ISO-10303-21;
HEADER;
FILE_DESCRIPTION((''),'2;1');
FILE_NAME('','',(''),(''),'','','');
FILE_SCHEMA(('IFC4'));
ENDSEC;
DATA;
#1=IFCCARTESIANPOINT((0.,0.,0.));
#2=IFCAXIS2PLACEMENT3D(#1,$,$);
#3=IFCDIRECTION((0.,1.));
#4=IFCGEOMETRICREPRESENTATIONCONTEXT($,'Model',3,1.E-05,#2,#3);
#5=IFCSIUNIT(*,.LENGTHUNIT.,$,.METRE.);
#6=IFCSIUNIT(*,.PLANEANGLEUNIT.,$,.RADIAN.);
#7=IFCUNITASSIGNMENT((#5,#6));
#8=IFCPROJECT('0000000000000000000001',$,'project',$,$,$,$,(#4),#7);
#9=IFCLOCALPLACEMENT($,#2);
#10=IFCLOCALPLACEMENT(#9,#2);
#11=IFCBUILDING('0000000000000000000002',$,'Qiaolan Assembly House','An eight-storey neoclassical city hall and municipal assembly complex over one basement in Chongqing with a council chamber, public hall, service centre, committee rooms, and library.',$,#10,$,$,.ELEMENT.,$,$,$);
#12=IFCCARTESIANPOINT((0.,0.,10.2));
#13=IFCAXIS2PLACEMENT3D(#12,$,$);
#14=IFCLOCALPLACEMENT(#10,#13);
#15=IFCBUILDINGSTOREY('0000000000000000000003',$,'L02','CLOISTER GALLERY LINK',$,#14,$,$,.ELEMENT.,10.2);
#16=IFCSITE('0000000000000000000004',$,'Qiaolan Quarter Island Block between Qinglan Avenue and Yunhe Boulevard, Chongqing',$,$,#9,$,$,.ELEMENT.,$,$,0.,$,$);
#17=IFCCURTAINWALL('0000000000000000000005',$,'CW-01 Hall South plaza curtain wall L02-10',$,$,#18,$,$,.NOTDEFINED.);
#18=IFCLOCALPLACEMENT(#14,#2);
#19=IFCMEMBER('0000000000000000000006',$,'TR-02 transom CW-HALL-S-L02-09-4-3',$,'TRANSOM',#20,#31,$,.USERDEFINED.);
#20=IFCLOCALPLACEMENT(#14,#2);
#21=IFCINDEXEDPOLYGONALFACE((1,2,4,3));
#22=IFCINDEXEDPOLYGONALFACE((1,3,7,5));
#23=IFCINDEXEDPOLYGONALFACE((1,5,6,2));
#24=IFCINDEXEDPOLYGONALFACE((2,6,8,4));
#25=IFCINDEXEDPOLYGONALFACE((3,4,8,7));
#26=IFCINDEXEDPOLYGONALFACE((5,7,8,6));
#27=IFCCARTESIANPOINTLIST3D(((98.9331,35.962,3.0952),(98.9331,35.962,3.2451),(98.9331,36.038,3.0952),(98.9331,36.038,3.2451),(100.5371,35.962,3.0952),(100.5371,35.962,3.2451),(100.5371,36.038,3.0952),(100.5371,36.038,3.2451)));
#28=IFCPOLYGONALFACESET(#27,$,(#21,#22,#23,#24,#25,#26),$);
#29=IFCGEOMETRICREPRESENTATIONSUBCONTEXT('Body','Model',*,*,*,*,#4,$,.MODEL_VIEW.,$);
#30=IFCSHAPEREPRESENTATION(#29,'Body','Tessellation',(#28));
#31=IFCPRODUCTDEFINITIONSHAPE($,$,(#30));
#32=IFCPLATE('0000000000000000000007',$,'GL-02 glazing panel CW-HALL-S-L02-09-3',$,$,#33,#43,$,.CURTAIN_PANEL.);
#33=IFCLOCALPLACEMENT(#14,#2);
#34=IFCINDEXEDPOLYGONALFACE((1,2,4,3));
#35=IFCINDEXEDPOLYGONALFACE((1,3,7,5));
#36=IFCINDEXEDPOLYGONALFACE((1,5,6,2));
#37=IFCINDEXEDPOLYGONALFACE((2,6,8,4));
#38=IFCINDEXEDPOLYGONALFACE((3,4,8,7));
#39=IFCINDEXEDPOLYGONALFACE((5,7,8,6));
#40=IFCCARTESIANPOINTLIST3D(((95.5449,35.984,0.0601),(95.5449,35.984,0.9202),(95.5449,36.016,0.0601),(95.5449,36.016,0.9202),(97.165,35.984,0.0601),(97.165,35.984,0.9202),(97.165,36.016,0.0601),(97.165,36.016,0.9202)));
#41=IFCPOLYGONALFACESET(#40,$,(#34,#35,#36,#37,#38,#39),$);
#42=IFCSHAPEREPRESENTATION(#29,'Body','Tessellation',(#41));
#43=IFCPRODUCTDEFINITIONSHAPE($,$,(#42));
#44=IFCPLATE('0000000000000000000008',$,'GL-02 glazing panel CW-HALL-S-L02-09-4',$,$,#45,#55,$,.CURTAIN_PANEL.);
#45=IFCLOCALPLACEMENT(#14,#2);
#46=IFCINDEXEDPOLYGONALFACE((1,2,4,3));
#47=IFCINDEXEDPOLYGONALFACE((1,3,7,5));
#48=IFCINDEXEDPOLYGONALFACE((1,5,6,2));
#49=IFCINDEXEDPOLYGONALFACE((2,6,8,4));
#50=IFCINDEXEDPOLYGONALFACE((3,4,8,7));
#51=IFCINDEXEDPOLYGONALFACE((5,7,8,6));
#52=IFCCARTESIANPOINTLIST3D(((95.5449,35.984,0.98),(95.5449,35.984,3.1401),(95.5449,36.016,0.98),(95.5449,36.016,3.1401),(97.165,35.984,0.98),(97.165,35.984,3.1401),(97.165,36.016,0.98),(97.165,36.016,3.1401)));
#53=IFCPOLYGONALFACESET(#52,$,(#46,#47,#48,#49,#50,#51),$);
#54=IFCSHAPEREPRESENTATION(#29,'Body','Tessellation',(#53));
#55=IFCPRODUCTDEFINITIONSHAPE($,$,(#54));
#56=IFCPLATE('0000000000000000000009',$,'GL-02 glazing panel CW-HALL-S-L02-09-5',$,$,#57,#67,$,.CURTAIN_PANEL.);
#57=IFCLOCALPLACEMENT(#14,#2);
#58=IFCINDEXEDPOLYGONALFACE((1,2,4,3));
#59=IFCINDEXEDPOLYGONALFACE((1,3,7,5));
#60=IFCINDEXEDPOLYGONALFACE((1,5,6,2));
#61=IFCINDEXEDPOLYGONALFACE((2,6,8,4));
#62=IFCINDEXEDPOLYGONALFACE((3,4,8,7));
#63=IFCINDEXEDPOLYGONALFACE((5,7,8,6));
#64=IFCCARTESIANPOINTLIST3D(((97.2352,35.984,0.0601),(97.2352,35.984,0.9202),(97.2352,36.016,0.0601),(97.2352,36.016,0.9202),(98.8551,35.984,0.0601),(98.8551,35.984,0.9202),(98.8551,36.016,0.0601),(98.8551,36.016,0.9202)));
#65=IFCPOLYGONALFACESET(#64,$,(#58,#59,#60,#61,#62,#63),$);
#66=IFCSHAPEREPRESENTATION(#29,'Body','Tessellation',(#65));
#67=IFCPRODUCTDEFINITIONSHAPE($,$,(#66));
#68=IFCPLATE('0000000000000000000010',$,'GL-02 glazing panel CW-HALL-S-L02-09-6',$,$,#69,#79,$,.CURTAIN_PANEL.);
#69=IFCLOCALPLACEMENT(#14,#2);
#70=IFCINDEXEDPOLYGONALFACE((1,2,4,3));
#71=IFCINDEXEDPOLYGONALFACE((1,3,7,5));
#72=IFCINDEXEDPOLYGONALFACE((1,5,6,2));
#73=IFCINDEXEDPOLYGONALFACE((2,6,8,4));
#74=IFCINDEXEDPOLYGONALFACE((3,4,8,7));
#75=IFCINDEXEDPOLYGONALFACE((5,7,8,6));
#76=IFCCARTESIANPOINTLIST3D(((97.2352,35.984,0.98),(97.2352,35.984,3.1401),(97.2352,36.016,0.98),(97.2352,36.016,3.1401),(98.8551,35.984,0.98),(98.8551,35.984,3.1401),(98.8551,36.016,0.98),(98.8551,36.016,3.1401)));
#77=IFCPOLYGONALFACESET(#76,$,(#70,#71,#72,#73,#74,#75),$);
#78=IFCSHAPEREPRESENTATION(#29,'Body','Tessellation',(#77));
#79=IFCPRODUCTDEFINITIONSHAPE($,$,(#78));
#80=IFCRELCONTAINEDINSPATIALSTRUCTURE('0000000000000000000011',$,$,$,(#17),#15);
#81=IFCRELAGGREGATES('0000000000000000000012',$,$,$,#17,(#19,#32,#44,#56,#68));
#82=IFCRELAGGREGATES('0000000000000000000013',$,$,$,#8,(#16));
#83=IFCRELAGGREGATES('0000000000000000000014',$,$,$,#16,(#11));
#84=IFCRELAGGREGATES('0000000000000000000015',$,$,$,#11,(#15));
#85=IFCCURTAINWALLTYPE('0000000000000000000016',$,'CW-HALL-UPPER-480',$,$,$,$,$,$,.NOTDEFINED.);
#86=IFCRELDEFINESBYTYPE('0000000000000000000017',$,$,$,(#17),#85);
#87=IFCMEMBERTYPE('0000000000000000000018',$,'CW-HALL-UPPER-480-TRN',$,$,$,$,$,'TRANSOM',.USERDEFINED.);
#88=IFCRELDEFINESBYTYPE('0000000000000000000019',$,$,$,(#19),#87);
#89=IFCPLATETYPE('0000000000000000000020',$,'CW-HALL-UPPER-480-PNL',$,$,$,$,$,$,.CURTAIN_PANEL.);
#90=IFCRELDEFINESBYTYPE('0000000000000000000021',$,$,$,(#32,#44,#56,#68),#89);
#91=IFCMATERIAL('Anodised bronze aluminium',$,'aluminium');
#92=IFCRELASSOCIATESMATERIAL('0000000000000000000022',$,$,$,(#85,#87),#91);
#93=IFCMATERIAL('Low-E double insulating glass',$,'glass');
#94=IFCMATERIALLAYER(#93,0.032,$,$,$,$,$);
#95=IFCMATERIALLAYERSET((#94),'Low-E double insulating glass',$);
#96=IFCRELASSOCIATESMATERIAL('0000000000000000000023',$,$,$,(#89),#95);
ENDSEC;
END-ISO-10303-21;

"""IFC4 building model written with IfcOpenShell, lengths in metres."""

from ifc_helpers import new_model, si_unit, direction, frame, frame_2d, origin, origin_2d, place, context, subcontext, project, spatial, rectangle, extrude, material, layer, layer_set, material_profile, profile_set, type_object, element, aggregate, save


model = new_model("IFC4")

# Units and contexts
model_context = context("Model", 3, precision=1e-05, world=origin(), true_north=direction((0.0, 1.0)))
body_context = subcontext(model_context, "Body", "Model", "MODEL_VIEW")
ifc_project = project(units=[si_unit("LENGTHUNIT", "METRE"), si_unit("PLANEANGLEUNIT", "RADIAN")], contexts=[model_context])

# Site, building, storey
site_placement = place(None, origin())
site = spatial("IfcSite", under=ifc_project, at=site_placement, Name="Qiaolan Quarter Island Block between Qinglan Avenue and Yunhe Boulevard, Chongqing", CompositionType="ELEMENT", RefElevation=0.0)
building_placement = place(site_placement, origin())
building = spatial("IfcBuilding", under=site, at=building_placement, Name="Qiaolan Assembly House", Description="An eight-storey neoclassical city hall and municipal assembly complex over one basement in Chongqing with a council chamber, public hall, service centre, committee rooms, and library.", CompositionType="ELEMENT")
storey_placement = place(building_placement, frame((0.0, 0.0, 10.2)))
storey = spatial("IfcBuildingStorey", under=building, at=storey_placement, Name="L02", Description="CLOISTER GALLERY LINK", CompositionType="ELEMENT", Elevation=10.2)

# Curtain wall, member, plates
ifc_material_1 = material(Name="Anodised bronze aluminium", Category="aluminium")
curtain_wall_type = type_object("IfcCurtainWallType", Name="CW-HALL-UPPER-480", PredefinedType="NOTDEFINED", material=ifc_material_1)
curtain_wall_placement = place(storey_placement, origin())
curtain_wall = element("IfcCurtainWall", 1, at=curtain_wall_placement, inside=storey, type_object=curtain_wall_type, Name="CW-01 Hall South plaza curtain wall L02-10", PredefinedType="NOTDEFINED")
ifc_material_profile_1 = material_profile(ifc_material_1, rectangle(XDim=0.0759, YDim=0.1499, at=origin_2d()), Name="TRN 76x150")
ifc_profile_set_1 = profile_set([ifc_material_profile_1], Name="Anodised bronze aluminium")
member_type_1 = type_object("IfcMemberType", Name="CW-HALL-UPPER-480-TRN", ElementType="TRANSOM", PredefinedType="USERDEFINED", material=ifc_profile_set_1)
member_1_placement = place(storey_placement, frame((98.9331, 36.0, 3.1702), z_axis=(1.0, 0.0, 0.0), x_axis=(0.0, 1.0, 0.0)))
member_1 = element("IfcMember", 2, at=member_1_placement, type_object=member_type_1, Name="TR-02 transom CW-HALL-S-L02-09-4-3", ObjectType="TRANSOM", PredefinedType="USERDEFINED", context=body_context, shape_type="SweptSolid", body=[
    extrude(rectangle(XDim=0.0759, YDim=0.1499, at=origin_2d()), origin(), (0.0, 0.0, 1.0), 1.604),
])
ifc_material_2 = material(Name="Low-E double insulating glass", Category="glass")
ifc_layer = layer(ifc_material_2, 0.032)
ifc_layer_set = layer_set([ifc_layer], Name="Low-E double insulating glass")
plate_type = type_object("IfcPlateType", Name="CW-HALL-UPPER-480-PNL", PredefinedType="CURTAIN_PANEL", material=ifc_layer_set)
plate_1_placement = place(storey_placement, frame((95.5449, 36.0, 0.0601), z_axis=(0.0, 0.0, 1.0), x_axis=(1.0, 0.0, 0.0)))
plate_1 = element("IfcPlate", 3, at=plate_1_placement, type_object=plate_type, Name="GL-02 glazing panel CW-HALL-S-L02-09-3", PredefinedType="CURTAIN_PANEL", context=body_context, shape_type="SweptSolid", body=[
    extrude(rectangle(XDim=1.6201, YDim=0.032, at=frame_2d((0.8101, 0.0))), origin(), (0.0, 0.0, 1.0), 0.8601),
])
plate_2_placement = place(storey_placement, frame((95.5449, 36.0, 0.98), z_axis=(0.0, 0.0, 1.0), x_axis=(1.0, 0.0, 0.0)))
plate_2 = element("IfcPlate", 4, at=plate_2_placement, type_object=plate_type, Name="GL-02 glazing panel CW-HALL-S-L02-09-4", PredefinedType="CURTAIN_PANEL", context=body_context, shape_type="SweptSolid", body=[
    extrude(rectangle(XDim=1.6201, YDim=0.032, at=frame_2d((0.8101, 0.0))), origin(), (0.0, 0.0, 1.0), 2.1602),
])
plate_3_placement = place(storey_placement, frame((97.2351, 36.0, 0.0601), z_axis=(0.0, 0.0, 1.0), x_axis=(1.0, 0.0, 0.0)))
plate_3 = element("IfcPlate", 5, at=plate_3_placement, type_object=plate_type, Name="GL-02 glazing panel CW-HALL-S-L02-09-5", PredefinedType="CURTAIN_PANEL", context=body_context, shape_type="SweptSolid", body=[
    extrude(rectangle(XDim=1.6199, YDim=0.032, at=frame_2d((0.8101, 0.0))), origin(), (0.0, 0.0, 1.0), 0.8601),
])
plate_4_placement = place(storey_placement, frame((97.2351, 36.0, 0.98), z_axis=(0.0, 0.0, 1.0), x_axis=(1.0, 0.0, 0.0)))
plate_4 = element("IfcPlate", 6, at=plate_4_placement, type_object=plate_type, Name="GL-02 glazing panel CW-HALL-S-L02-09-6", PredefinedType="CURTAIN_PANEL", context=body_context, shape_type="SweptSolid", body=[
    extrude(rectangle(XDim=1.6199, YDim=0.032, at=frame_2d((0.8101, 0.0))), origin(), (0.0, 0.0, 1.0), 2.1602),
])
aggregate(curtain_wall, [member_1, plate_1, plate_2, plate_3, plate_4])

save(model, "model.ifc")
